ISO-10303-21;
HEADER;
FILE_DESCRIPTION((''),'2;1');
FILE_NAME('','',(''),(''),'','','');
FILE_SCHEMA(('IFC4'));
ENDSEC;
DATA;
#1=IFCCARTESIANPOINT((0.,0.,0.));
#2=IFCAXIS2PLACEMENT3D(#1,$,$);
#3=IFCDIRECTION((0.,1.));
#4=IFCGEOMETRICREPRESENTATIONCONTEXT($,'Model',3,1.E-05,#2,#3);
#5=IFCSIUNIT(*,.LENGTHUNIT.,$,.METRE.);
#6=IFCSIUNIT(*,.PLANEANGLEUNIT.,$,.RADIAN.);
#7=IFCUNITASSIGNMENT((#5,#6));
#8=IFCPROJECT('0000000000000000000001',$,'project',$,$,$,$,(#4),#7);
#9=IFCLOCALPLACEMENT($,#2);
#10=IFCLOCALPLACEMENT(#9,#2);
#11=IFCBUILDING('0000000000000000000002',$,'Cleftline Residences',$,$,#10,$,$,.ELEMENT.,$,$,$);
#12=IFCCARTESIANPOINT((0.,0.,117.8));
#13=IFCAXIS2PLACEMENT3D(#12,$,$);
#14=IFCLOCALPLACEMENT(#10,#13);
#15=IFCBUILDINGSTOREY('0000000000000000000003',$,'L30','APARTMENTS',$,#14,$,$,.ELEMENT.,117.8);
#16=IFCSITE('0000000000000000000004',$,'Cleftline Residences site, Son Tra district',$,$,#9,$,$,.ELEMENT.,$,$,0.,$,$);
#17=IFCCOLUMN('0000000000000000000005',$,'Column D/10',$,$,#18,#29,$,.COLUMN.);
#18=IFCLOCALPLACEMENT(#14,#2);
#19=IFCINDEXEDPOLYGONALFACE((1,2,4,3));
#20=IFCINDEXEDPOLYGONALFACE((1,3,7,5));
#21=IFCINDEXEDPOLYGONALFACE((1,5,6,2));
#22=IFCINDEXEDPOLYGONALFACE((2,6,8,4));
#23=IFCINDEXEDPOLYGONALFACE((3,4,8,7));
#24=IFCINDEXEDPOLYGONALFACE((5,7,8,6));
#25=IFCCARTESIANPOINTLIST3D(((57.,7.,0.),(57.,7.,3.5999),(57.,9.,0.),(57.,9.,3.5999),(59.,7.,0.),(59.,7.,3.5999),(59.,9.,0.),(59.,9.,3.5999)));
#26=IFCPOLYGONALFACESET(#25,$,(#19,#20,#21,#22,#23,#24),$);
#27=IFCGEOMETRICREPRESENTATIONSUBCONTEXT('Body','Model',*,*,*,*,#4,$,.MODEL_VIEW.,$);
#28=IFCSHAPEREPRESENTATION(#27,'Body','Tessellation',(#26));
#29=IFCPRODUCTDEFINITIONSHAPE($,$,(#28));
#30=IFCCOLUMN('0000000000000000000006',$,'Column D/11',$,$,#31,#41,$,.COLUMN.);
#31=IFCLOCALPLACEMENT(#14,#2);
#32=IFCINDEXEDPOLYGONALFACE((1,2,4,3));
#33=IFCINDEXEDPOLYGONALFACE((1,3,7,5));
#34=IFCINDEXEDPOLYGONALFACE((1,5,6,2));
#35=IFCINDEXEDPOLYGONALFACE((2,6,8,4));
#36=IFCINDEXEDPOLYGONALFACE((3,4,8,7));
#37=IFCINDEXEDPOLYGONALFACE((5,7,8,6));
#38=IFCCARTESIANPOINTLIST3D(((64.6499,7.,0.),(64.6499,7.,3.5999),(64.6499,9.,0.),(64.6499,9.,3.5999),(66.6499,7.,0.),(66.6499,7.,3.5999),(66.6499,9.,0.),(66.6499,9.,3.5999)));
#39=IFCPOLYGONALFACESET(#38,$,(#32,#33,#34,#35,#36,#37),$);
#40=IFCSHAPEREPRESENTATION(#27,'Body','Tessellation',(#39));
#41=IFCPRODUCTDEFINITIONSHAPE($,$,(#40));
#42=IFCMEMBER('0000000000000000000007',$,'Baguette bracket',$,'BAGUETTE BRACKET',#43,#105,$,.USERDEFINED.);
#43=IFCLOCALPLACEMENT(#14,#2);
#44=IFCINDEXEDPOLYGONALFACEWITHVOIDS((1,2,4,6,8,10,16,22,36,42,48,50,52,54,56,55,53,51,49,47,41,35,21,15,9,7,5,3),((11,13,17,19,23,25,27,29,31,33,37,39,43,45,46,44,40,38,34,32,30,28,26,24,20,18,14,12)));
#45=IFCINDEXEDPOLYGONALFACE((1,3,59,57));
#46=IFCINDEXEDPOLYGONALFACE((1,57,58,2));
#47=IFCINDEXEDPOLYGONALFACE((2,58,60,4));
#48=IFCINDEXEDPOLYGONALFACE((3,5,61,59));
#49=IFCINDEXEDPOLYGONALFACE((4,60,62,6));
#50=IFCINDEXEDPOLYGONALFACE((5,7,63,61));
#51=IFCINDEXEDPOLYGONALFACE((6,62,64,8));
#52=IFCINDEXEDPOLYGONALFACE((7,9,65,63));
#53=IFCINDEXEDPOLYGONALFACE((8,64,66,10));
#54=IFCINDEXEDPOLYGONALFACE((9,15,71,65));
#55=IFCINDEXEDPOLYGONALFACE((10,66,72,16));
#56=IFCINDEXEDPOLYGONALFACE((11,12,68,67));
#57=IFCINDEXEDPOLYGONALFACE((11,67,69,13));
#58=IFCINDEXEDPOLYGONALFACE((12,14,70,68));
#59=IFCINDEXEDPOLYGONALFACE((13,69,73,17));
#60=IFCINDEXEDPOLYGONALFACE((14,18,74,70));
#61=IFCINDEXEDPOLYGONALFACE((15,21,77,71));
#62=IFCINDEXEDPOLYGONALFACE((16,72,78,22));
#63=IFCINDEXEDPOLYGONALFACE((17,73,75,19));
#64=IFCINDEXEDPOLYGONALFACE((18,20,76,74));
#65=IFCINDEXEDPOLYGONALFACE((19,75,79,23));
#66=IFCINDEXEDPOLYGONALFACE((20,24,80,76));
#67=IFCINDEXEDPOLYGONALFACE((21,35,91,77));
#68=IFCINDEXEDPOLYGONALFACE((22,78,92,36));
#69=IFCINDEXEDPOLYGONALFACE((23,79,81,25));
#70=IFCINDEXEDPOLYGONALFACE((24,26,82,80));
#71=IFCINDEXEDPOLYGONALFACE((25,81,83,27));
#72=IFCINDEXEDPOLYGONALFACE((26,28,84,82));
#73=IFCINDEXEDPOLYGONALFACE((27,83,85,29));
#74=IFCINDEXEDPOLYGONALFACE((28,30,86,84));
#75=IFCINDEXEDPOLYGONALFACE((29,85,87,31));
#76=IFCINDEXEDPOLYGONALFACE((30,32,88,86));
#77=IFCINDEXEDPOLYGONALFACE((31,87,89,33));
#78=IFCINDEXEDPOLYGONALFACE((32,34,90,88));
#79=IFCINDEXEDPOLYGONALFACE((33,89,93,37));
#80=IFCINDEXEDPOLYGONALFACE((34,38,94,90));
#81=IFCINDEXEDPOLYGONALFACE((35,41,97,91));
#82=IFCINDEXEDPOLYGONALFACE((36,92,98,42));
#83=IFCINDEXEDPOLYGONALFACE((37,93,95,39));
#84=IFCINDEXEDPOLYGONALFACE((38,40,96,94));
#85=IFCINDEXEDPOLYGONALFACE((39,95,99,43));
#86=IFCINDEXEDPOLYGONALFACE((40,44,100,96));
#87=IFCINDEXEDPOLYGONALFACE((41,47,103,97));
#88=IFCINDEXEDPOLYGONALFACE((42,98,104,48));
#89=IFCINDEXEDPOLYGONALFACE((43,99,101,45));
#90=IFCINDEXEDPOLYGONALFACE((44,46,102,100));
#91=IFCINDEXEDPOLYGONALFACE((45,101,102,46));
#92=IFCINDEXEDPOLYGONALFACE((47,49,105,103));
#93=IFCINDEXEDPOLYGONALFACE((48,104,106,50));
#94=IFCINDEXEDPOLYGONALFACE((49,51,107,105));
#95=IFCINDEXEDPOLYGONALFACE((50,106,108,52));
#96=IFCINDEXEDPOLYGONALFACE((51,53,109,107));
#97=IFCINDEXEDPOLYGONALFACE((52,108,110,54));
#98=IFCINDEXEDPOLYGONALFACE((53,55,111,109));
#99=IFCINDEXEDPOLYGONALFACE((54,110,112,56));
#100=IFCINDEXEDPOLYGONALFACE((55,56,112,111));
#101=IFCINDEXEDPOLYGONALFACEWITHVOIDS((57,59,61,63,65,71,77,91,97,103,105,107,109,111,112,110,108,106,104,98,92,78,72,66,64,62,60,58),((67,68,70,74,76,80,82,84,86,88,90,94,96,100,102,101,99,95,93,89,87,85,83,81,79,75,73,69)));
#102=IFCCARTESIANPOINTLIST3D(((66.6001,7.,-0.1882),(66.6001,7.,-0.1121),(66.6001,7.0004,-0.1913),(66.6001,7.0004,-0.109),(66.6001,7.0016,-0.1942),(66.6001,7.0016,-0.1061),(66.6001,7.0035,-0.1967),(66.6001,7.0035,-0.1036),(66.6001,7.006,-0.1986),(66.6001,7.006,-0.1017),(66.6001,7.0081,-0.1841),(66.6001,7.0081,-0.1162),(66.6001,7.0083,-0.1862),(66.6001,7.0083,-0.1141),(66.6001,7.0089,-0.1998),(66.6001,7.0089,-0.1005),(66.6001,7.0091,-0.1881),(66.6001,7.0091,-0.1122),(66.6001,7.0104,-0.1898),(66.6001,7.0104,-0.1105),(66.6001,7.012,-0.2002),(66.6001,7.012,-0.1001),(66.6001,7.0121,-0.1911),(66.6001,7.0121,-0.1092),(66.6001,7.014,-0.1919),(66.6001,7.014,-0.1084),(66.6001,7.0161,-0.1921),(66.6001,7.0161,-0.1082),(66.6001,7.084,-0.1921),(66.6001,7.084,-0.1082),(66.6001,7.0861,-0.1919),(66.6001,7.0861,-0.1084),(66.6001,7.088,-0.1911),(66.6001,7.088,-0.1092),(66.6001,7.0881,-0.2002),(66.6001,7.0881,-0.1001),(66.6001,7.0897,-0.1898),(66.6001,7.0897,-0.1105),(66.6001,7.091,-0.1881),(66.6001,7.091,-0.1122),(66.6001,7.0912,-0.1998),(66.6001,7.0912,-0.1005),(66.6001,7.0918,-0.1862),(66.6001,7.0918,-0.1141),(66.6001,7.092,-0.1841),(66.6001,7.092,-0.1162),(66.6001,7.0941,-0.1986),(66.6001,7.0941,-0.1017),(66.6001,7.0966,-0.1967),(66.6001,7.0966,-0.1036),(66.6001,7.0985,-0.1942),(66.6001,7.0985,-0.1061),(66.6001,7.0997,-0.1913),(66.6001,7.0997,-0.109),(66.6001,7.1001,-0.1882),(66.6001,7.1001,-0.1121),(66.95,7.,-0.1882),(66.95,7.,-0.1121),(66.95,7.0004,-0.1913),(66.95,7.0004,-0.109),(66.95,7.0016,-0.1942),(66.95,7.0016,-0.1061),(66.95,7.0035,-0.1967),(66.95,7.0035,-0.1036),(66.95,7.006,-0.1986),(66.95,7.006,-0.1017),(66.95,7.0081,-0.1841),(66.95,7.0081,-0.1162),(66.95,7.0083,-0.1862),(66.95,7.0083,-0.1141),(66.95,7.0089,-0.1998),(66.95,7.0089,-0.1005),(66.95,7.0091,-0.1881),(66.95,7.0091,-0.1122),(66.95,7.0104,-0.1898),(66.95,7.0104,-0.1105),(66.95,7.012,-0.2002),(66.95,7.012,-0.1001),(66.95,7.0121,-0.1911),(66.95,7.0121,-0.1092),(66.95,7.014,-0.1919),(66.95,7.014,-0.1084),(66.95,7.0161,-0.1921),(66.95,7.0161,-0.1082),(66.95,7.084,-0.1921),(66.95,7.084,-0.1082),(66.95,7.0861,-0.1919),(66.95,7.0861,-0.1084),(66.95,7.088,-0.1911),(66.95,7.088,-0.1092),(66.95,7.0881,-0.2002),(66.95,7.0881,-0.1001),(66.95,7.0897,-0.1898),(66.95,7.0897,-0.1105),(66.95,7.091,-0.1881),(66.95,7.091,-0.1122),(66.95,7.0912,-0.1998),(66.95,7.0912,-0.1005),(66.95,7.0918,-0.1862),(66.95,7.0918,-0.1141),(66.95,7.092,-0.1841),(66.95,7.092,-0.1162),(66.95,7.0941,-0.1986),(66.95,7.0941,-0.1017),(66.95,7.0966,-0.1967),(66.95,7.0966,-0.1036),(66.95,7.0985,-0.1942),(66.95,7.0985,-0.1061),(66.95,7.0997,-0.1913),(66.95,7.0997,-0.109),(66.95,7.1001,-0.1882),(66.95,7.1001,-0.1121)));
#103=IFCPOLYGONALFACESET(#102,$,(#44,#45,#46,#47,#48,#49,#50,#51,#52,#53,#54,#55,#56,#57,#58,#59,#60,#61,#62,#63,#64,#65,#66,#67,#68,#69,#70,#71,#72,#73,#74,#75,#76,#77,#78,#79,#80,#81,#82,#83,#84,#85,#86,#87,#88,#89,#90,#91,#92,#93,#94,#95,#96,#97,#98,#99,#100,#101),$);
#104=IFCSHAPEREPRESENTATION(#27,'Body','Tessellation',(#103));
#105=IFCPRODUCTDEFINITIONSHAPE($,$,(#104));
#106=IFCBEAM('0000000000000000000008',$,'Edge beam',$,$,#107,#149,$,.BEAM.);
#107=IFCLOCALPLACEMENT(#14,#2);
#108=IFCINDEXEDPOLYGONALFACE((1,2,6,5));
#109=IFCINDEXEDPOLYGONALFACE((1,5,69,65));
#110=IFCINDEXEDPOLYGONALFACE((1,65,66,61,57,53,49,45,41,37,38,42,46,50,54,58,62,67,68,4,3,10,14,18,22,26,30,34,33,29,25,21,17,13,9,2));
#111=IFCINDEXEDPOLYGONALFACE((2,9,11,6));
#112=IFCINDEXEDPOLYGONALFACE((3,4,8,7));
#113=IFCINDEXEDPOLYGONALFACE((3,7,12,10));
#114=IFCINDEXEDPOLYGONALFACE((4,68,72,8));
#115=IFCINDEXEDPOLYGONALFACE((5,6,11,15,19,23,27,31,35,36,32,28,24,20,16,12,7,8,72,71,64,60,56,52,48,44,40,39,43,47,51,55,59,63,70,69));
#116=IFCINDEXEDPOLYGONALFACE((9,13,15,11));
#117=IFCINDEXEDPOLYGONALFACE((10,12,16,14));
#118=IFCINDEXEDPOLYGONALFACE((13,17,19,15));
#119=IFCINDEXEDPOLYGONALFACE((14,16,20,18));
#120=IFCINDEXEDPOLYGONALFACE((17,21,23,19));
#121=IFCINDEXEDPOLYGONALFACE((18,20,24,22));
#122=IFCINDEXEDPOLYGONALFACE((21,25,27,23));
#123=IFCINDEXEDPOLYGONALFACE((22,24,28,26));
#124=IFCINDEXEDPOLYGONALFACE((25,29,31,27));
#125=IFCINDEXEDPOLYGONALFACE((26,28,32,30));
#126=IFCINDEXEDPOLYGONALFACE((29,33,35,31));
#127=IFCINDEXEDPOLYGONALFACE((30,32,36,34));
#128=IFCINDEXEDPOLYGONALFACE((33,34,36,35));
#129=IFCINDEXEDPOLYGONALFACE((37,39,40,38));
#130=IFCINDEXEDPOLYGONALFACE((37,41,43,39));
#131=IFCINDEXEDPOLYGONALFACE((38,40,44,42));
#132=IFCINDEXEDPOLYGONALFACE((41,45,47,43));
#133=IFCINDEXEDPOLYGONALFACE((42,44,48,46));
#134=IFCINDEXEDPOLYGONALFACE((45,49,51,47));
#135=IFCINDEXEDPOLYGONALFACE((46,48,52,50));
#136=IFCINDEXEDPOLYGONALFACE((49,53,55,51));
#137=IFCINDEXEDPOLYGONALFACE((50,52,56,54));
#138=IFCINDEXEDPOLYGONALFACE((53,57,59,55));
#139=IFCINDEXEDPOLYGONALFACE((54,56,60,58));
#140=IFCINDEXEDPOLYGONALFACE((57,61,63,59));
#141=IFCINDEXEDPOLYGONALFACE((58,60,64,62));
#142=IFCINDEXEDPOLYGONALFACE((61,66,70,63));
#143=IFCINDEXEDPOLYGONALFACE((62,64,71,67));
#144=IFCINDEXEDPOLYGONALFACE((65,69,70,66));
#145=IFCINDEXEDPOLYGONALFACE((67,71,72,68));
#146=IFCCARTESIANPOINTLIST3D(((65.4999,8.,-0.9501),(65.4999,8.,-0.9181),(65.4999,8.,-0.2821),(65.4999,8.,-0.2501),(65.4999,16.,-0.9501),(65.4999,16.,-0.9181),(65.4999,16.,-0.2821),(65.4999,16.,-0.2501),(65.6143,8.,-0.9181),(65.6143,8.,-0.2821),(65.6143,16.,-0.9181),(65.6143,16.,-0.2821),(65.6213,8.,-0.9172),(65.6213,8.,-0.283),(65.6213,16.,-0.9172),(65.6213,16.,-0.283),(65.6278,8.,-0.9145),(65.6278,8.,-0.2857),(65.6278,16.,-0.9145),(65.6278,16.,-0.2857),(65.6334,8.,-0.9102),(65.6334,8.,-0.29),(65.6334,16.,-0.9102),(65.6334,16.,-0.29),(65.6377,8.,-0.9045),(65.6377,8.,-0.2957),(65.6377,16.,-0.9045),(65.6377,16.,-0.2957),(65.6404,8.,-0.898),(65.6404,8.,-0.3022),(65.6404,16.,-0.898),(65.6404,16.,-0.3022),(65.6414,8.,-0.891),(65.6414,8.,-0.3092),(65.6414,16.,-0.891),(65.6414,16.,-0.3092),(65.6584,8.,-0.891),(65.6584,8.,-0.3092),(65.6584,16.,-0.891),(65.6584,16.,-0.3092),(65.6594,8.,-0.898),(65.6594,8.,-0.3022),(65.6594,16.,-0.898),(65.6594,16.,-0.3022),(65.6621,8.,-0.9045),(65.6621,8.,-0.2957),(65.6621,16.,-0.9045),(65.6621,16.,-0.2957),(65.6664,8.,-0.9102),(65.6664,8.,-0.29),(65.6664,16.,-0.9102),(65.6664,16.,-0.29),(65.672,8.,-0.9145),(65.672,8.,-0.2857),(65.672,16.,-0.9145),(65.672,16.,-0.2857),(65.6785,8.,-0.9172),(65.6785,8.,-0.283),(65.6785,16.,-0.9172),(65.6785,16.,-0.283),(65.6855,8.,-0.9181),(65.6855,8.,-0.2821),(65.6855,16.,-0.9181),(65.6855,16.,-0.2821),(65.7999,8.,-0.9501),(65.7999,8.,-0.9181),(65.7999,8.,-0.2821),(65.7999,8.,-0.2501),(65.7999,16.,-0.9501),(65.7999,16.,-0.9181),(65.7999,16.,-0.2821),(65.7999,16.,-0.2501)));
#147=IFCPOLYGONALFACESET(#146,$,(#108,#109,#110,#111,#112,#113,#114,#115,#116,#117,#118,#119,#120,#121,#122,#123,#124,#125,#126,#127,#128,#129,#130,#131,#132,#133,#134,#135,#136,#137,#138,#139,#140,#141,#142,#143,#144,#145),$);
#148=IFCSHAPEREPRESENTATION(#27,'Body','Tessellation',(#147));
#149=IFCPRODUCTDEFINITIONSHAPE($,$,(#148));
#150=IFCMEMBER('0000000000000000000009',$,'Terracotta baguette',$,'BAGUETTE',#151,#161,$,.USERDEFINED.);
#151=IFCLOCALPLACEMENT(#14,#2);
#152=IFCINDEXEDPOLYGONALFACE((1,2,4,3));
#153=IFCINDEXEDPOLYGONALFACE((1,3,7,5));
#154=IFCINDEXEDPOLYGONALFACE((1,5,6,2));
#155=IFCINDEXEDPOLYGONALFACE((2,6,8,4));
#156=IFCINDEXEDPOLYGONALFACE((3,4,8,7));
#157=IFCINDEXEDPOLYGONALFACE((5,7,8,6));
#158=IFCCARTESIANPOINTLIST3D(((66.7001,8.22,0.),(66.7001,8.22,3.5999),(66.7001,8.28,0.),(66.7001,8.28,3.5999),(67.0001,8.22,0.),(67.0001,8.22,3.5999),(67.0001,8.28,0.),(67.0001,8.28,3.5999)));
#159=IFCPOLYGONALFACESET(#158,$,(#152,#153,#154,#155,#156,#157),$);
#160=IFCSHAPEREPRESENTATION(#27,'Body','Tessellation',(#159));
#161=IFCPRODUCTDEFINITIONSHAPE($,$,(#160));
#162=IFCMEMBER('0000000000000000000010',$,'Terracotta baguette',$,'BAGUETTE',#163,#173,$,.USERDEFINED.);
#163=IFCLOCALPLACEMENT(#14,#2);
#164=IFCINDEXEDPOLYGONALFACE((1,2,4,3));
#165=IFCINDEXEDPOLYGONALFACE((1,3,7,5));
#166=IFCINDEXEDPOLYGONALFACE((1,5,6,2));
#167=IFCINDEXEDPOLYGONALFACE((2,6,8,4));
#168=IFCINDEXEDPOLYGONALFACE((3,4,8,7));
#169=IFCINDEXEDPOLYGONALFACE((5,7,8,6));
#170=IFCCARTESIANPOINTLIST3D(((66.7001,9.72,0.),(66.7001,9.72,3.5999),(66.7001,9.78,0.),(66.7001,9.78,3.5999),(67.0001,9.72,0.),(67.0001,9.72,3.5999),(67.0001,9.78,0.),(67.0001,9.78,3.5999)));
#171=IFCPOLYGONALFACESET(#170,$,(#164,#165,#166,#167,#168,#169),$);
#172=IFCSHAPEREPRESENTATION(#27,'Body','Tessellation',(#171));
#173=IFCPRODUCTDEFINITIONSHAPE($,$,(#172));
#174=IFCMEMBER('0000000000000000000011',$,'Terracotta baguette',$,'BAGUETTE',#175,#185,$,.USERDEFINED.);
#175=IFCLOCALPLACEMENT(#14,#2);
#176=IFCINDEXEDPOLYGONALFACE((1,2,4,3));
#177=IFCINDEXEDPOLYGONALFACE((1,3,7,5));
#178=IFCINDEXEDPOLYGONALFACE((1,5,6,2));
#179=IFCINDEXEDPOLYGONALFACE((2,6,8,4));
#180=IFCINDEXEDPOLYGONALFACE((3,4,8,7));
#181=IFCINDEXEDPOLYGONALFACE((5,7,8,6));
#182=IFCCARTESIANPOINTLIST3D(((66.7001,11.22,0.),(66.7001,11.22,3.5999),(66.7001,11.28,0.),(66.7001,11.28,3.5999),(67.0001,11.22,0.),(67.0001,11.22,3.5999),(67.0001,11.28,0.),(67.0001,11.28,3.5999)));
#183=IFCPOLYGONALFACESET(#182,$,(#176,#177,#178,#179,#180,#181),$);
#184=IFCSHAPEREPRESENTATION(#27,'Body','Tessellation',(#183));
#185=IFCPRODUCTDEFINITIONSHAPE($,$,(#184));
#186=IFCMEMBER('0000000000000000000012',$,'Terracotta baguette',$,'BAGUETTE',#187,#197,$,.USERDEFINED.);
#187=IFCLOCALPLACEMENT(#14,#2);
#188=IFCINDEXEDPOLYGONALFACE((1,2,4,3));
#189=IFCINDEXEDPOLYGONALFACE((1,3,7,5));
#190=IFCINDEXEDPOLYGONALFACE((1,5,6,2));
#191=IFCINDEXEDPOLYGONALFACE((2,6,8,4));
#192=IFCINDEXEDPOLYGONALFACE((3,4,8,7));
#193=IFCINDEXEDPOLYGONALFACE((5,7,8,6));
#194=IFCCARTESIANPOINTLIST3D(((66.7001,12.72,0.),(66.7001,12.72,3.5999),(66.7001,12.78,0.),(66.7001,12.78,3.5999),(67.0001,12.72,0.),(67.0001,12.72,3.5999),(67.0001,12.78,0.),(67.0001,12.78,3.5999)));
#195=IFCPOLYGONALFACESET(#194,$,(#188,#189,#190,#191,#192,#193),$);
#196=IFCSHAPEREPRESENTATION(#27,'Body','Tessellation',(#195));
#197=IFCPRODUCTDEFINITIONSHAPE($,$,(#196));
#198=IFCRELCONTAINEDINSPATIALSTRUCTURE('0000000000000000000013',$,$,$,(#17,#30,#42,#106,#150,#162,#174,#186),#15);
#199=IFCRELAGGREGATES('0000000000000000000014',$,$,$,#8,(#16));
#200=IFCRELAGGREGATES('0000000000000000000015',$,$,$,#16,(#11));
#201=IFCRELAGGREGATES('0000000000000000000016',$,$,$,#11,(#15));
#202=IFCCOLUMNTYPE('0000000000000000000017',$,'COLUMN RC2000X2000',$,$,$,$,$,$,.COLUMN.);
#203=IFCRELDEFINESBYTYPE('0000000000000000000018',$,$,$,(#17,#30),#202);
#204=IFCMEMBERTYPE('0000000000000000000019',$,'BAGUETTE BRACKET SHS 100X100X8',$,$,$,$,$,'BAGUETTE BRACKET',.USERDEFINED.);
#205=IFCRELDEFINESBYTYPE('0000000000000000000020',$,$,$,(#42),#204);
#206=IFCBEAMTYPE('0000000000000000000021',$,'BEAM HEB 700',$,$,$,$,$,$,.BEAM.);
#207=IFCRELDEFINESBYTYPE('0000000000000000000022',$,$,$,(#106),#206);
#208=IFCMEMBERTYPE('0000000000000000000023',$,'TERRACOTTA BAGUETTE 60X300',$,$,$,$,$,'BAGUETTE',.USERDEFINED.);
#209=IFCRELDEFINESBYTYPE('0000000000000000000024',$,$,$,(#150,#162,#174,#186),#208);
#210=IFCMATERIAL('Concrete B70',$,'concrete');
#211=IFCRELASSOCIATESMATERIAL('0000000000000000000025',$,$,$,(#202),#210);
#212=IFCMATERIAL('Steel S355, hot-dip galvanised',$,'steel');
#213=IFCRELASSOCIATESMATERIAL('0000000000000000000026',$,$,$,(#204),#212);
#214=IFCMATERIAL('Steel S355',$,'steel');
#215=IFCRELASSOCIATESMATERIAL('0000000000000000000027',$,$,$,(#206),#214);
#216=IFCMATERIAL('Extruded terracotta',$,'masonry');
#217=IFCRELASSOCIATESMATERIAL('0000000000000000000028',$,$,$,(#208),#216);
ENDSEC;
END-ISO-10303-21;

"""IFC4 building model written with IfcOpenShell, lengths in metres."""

from ifc_helpers import new_model, si_unit, direction, frame, origin, origin_2d, place, context, subcontext, project, spatial, rectangle, hollow_rectangle, i_section, extrude, material, material_profile, profile_set, type_object, element, save


model = new_model("IFC4")

# Units and contexts
model_context = context("Model", 3, precision=1e-05, world=origin(), true_north=direction((0.0, 1.0)))
body_context = subcontext(model_context, "Body", "Model", "MODEL_VIEW")
ifc_project = project(units=[si_unit("LENGTHUNIT", "METRE"), si_unit("PLANEANGLEUNIT", "RADIAN")], contexts=[model_context])

# Site, building, storey
site_placement = place(None, origin())
site = spatial("IfcSite", under=ifc_project, at=site_placement, Name="Cleftline Residences site, Son Tra district", CompositionType="ELEMENT", RefElevation=0.0)
building_placement = place(site_placement, origin())
building = spatial("IfcBuilding", under=site, at=building_placement, Name="Cleftline Residences", CompositionType="ELEMENT")
storey_placement = place(building_placement, frame((0.0, 0.0, 117.8)))
storey = spatial("IfcBuildingStorey", under=building, at=storey_placement, Name="L30", Description="APARTMENTS", CompositionType="ELEMENT", Elevation=117.8)

# Columns
ifc_material_1 = material(Name="Concrete B70", Category="concrete")
ifc_material_profile_1 = material_profile(ifc_material_1, rectangle(XDim=2.0, YDim=2.0, at=origin_2d()))
ifc_profile_set_1 = profile_set([ifc_material_profile_1], Name="Concrete B70")
column_type = type_object("IfcColumnType", Name="COLUMN RC2000X2000", PredefinedType="COLUMN", material=ifc_profile_set_1)
for number, where, z_axis, x_axis, name in (
    (1, (58.0, 8.0, 0.0), (0.0, 0.0, 1.0), (1.0, 0.0, 0.0), "Column D/10"),
    (2, (65.6499, 8.0, 0.0), (0.0, 0.0, 1.0), (1.0, 0.0, 0.0), "Column D/11"),
):
    element("IfcColumn", number, at=place(storey_placement, frame(where, z_axis=z_axis, x_axis=x_axis)), inside=storey, type_object=column_type, Name=name, PredefinedType="COLUMN", context=body_context, shape_type="SweptSolid", body=[
        extrude(rectangle(XDim=2.0, YDim=2.0, at=origin_2d()), origin(), (0.0, 0.0, 1.0), 3.5999),
    ])

# Member
ifc_material_2 = material(Name="Steel S355, hot-dip galvanised", Category="steel")
ifc_material_profile_2 = material_profile(ifc_material_2, hollow_rectangle(XDim=0.1001, YDim=0.1001, WallThickness=0.0081, InnerFilletRadius=0.0081, OuterFilletRadius=0.012, at=origin_2d()))
ifc_profile_set_2 = profile_set([ifc_material_profile_2], Name="Steel S355, hot-dip galvanised")
member_type_1 = type_object("IfcMemberType", Name="BAGUETTE BRACKET SHS 100X100X8", ElementType="BAGUETTE BRACKET", PredefinedType="USERDEFINED", material=ifc_profile_set_2)
member_placement = place(storey_placement, frame((66.6001, 7.05, -0.1501), z_axis=(1.0, 0.0, 0.0), x_axis=(0.0, 1.0, 0.0)))
element("IfcMember", 3, at=member_placement, inside=storey, type_object=member_type_1, Name="Baguette bracket", ObjectType="BAGUETTE BRACKET", PredefinedType="USERDEFINED", context=body_context, shape_type="SweptSolid", body=[
    extrude(hollow_rectangle(XDim=0.1001, YDim=0.1001, WallThickness=0.0081, InnerFilletRadius=0.0081, OuterFilletRadius=0.012, at=origin_2d()), origin(), (0.0, 0.0, 1.0), 0.3499),
])

# Beam
ifc_material_3 = material(Name="Steel S355", Category="steel")
ifc_material_profile_3 = material_profile(ifc_material_3, i_section(OverallWidth=0.3, OverallDepth=0.7, WebThickness=0.0171, FlangeThickness=0.032, FilletRadius=0.0271, at=origin_2d()))
ifc_profile_set_3 = profile_set([ifc_material_profile_3], Name="Steel S355")
beam_type = type_object("IfcBeamType", Name="BEAM HEB 700", PredefinedType="BEAM", material=ifc_profile_set_3)
beam_placement = place(storey_placement, frame((65.6499, 8.0, -0.6001), z_axis=(0.0, 1.0, 0.0), x_axis=(-1.0, 0.0, 0.0)))
element("IfcBeam", 4, at=beam_placement, inside=storey, type_object=beam_type, Name="Edge beam", PredefinedType="BEAM", context=body_context, shape_type="SweptSolid", body=[
    extrude(i_section(OverallWidth=0.3, OverallDepth=0.7, WebThickness=0.0171, FlangeThickness=0.032, FilletRadius=0.0271, at=origin_2d()), origin(), (0.0, 0.0, 1.0), 8.0),
])

# Members
ifc_material_4 = material(Name="Extruded terracotta", Category="masonry")
ifc_material_profile_4 = material_profile(ifc_material_4, rectangle(XDim=0.0601, YDim=0.3, at=origin_2d()))
ifc_profile_set_4 = profile_set([ifc_material_profile_4], Name="Extruded terracotta")
member_type_2 = type_object("IfcMemberType", Name="TERRACOTTA BAGUETTE 60X300", ElementType="BAGUETTE", PredefinedType="USERDEFINED", material=ifc_profile_set_4)
for number, where, z_axis, x_axis, name in (
    (5, (66.8501, 8.25, 0.0), (0.0, 0.0, 1.0), (0.0, 1.0, 0.0), "Terracotta baguette"),
    (6, (66.8501, 9.75, 0.0), (0.0, 0.0, 1.0), (0.0, 1.0, 0.0), "Terracotta baguette"),
    (7, (66.8501, 11.25, 0.0), (0.0, 0.0, 1.0), (0.0, 1.0, 0.0), "Terracotta baguette"),
    (8, (66.8501, 12.75, 0.0), (0.0, 0.0, 1.0), (0.0, 1.0, 0.0), "Terracotta baguette"),
):
    element("IfcMember", number, at=place(storey_placement, frame(where, z_axis=z_axis, x_axis=x_axis)), inside=storey, type_object=member_type_2, Name=name, ObjectType="BAGUETTE", PredefinedType="USERDEFINED", context=body_context, shape_type="SweptSolid", body=[
        extrude(rectangle(XDim=0.0601, YDim=0.3, at=origin_2d()), origin(), (0.0, 0.0, 1.0), 3.5999),
    ])

save(model, "model.ifc")
